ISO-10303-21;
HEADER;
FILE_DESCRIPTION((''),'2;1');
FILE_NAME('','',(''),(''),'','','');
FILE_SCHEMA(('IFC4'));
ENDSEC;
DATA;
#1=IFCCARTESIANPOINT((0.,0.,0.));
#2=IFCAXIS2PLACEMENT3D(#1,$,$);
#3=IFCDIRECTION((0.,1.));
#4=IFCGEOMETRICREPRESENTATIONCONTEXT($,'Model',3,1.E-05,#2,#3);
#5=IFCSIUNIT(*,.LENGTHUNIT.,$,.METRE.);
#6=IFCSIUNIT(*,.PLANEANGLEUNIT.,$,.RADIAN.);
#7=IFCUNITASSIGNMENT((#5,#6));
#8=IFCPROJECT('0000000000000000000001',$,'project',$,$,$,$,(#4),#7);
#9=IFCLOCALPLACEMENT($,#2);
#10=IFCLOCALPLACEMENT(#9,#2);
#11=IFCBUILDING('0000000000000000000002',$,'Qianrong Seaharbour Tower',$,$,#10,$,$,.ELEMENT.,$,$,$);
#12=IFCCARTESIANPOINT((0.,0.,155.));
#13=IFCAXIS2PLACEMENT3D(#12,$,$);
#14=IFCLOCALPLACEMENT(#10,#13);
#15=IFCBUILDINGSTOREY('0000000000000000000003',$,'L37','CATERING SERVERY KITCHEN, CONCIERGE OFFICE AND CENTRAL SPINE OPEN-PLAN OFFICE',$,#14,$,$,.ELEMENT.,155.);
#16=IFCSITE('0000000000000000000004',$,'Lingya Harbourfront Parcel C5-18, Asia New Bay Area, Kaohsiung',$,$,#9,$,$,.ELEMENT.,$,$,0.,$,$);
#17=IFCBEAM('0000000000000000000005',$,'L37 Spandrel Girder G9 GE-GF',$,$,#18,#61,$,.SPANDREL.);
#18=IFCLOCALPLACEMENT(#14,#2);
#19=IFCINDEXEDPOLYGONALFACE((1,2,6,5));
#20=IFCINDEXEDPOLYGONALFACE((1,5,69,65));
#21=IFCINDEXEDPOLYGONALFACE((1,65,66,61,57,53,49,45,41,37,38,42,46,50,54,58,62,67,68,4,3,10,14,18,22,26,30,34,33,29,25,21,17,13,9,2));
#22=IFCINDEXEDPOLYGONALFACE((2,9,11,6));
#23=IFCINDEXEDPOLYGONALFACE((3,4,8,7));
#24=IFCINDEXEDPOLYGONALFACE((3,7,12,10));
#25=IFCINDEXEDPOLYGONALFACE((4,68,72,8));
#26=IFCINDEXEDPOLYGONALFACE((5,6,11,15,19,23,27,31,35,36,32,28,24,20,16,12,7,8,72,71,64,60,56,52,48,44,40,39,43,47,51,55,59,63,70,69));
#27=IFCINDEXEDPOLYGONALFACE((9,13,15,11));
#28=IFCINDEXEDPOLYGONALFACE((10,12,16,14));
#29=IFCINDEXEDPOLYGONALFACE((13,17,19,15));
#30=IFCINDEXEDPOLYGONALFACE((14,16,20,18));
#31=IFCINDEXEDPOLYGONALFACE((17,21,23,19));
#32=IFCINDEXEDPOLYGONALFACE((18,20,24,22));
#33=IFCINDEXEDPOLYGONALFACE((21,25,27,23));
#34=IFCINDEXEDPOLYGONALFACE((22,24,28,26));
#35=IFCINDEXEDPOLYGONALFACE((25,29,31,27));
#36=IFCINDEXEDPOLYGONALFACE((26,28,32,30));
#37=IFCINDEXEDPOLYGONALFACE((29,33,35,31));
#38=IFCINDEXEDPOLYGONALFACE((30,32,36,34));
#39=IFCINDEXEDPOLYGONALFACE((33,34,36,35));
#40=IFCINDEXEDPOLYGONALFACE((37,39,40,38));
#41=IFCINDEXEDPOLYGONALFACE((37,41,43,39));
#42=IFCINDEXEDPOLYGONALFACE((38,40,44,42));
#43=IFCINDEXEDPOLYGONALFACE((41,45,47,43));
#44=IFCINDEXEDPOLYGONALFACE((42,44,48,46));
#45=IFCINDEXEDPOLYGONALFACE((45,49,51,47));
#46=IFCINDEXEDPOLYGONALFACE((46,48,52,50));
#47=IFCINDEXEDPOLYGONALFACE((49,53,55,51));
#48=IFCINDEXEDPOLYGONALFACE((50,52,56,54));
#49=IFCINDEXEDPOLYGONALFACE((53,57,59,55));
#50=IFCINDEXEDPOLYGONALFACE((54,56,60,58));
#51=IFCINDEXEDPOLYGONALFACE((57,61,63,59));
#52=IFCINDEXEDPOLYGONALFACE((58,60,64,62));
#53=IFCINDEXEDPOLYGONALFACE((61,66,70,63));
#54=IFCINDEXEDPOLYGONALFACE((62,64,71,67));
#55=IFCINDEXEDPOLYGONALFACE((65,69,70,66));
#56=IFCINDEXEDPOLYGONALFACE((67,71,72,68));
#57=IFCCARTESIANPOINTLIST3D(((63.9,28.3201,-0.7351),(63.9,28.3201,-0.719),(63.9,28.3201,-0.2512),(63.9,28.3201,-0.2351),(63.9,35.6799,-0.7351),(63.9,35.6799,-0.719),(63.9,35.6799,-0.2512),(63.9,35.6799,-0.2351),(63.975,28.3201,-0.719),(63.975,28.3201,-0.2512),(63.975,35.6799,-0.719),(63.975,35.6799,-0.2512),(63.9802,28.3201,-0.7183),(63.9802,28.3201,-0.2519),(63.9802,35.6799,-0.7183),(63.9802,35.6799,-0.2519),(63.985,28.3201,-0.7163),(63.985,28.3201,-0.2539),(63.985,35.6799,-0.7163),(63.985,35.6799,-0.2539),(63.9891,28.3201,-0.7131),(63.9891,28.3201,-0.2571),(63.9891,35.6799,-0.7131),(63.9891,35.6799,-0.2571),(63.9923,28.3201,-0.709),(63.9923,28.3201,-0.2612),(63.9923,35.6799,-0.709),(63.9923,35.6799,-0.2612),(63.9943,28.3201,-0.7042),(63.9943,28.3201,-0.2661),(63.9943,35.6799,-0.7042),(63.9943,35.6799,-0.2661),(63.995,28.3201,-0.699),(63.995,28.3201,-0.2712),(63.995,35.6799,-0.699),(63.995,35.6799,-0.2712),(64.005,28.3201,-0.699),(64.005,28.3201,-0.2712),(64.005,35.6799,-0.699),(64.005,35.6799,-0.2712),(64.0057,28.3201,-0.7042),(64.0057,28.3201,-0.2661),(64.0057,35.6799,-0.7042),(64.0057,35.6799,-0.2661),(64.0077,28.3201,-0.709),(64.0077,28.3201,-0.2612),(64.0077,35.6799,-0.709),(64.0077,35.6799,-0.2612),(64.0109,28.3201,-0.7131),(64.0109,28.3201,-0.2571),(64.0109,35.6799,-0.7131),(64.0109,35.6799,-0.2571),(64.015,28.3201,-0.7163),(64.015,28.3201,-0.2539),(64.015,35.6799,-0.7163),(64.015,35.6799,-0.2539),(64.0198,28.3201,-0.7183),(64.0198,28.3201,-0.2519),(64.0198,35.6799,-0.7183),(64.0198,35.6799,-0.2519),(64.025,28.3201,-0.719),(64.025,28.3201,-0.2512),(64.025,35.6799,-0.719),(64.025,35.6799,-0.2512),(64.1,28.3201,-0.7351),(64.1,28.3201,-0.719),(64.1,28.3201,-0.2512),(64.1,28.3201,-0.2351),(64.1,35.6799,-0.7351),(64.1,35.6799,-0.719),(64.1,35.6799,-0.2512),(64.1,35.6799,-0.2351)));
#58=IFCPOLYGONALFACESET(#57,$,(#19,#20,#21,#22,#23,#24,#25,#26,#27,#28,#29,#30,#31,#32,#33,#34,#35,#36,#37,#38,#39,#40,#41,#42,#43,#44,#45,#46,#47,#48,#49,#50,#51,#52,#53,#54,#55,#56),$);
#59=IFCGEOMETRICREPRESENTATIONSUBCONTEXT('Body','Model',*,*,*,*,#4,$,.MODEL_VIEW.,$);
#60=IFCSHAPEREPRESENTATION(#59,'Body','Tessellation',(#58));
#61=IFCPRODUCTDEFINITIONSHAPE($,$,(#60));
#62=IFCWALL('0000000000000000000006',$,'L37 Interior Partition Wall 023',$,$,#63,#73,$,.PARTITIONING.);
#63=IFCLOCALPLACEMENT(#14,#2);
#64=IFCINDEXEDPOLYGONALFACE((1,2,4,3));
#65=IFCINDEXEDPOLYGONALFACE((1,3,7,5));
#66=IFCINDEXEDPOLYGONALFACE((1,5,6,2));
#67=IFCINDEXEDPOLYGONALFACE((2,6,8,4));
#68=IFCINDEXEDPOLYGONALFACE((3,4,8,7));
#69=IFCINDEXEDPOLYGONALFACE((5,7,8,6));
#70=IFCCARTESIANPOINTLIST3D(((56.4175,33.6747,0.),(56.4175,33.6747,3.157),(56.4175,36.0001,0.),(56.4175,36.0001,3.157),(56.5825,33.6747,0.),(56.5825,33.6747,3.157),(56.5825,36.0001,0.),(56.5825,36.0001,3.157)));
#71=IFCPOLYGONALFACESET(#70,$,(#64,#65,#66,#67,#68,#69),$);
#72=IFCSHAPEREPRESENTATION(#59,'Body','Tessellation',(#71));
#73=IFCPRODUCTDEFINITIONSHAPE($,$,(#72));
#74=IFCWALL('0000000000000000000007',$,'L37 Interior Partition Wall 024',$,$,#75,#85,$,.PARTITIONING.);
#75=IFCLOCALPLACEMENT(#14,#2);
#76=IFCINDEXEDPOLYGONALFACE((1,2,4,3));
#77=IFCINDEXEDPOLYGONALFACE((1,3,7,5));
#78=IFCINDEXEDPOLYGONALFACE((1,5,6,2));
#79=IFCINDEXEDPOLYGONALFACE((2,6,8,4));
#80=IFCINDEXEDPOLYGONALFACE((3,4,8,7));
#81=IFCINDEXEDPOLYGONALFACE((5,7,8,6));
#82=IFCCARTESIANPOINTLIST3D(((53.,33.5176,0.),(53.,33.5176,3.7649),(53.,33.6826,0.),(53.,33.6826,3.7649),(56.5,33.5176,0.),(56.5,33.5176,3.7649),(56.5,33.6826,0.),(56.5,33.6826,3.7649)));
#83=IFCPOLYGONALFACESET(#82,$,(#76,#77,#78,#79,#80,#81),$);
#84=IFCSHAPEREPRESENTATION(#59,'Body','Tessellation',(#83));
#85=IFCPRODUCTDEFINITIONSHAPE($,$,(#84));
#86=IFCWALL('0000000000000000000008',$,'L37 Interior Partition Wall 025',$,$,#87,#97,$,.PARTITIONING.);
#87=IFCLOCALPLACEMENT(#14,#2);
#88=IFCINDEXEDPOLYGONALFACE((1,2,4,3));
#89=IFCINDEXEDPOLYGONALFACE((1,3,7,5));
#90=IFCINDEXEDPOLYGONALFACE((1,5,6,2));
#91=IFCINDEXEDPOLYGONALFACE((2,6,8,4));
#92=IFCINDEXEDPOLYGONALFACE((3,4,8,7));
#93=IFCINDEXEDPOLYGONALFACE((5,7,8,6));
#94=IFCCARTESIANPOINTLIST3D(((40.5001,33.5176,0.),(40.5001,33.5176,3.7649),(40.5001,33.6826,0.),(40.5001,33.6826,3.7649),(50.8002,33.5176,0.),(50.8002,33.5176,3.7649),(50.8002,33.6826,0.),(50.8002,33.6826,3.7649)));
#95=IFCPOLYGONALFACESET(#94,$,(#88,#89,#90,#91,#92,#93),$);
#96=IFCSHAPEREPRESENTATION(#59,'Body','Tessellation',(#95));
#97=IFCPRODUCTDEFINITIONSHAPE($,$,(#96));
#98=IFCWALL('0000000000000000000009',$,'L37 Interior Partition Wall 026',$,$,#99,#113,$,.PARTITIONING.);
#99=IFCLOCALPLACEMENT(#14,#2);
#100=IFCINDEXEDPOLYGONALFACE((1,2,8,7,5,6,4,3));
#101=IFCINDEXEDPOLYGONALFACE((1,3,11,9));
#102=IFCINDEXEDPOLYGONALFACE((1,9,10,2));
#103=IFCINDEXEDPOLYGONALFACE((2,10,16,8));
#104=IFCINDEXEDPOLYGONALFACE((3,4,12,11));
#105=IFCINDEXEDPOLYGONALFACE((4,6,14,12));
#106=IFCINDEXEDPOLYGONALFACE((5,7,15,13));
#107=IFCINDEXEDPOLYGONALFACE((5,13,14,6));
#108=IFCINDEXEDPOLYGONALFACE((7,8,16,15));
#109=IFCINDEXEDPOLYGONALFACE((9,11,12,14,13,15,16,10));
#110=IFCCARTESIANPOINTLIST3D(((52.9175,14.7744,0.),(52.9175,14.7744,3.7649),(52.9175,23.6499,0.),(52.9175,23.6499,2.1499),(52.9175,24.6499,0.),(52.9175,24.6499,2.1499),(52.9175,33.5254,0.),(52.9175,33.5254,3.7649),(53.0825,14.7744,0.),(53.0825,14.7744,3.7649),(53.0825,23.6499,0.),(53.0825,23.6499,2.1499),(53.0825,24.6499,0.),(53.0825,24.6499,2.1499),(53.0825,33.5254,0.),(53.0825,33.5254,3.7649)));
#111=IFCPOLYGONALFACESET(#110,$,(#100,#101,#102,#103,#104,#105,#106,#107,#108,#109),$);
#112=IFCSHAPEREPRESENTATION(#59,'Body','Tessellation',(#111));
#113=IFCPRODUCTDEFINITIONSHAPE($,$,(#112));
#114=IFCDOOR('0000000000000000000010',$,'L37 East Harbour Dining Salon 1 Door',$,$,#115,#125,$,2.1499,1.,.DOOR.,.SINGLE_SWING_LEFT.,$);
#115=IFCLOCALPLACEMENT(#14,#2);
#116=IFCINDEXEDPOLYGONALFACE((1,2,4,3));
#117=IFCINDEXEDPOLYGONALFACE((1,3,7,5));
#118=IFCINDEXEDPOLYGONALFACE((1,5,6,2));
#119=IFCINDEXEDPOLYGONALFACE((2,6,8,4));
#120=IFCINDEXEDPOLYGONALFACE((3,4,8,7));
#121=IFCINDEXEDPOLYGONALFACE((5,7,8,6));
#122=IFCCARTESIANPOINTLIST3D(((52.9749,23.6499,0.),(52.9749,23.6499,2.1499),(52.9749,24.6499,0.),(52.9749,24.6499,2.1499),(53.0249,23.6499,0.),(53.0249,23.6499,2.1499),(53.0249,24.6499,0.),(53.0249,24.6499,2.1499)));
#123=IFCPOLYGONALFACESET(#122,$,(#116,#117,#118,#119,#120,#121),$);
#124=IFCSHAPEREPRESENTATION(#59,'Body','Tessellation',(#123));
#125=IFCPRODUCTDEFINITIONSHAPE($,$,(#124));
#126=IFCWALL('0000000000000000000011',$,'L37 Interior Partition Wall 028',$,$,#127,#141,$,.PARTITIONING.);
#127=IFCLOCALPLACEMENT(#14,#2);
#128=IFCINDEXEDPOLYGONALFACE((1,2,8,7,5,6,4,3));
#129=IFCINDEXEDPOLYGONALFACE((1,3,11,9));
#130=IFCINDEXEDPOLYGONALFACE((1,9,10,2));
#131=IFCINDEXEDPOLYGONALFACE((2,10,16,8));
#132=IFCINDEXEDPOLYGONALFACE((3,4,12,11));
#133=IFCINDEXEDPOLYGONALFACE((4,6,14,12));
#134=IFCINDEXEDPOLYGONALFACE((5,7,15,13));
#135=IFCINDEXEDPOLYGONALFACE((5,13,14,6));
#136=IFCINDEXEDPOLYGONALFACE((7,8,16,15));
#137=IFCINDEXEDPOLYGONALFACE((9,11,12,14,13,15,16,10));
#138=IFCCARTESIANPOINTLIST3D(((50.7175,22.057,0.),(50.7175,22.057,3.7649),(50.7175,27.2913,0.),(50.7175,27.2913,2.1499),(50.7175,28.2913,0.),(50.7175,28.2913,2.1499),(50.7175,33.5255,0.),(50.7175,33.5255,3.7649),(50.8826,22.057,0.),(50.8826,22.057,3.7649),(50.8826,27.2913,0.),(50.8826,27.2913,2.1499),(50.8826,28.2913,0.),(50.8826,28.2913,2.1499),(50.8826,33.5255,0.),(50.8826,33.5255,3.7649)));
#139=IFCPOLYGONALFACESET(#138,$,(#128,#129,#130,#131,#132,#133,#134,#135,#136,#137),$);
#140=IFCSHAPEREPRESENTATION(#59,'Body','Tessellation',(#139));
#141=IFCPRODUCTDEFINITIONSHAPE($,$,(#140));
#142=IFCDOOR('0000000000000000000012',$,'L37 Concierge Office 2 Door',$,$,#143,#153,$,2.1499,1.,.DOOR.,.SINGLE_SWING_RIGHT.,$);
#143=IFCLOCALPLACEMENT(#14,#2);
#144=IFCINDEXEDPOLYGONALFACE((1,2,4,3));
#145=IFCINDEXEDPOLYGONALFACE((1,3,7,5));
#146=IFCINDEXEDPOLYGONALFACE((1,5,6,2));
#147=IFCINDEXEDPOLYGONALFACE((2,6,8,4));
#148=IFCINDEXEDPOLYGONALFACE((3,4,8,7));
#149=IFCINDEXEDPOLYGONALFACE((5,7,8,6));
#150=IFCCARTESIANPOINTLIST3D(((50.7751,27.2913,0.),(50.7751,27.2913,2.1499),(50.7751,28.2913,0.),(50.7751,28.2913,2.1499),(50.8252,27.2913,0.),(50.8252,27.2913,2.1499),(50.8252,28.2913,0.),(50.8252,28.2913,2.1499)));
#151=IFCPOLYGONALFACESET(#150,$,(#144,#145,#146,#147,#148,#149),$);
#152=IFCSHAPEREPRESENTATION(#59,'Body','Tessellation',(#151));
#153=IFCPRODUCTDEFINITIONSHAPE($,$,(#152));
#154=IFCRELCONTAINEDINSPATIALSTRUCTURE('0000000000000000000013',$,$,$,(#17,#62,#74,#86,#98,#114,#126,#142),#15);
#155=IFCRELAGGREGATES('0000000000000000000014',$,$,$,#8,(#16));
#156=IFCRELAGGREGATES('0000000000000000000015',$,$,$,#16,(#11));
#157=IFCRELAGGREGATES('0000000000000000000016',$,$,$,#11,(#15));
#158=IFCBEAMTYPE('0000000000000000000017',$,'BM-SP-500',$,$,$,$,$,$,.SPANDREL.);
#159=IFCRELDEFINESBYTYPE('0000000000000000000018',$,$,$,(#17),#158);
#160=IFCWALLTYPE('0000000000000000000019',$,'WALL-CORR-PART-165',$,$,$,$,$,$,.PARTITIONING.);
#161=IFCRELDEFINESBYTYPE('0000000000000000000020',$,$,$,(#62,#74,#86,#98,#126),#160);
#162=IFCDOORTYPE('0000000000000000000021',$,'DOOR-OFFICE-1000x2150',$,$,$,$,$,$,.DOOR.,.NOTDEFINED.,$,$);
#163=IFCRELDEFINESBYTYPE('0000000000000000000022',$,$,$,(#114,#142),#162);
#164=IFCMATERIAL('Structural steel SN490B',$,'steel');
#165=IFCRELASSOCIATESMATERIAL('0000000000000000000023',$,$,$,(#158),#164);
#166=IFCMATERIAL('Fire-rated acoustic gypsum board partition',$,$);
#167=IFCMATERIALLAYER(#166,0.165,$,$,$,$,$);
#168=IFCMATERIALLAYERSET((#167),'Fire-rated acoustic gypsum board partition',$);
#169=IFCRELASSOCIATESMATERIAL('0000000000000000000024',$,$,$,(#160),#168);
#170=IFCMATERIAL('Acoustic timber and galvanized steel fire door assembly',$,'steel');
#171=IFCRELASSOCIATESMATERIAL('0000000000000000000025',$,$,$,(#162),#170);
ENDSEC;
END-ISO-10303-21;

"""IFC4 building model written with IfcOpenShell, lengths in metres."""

from ifc_helpers import new_model, si_unit, direction, frame, frame_2d, origin, origin_2d, place, context, subcontext, project, spatial, rectangle, i_section, extrude, material, layer, layer_set, material_profile, profile_set, type_object, element, fill, save


model = new_model("IFC4")

# Units and contexts
model_context = context("Model", 3, precision=1e-05, world=origin(), true_north=direction((0.0, 1.0)))
body_context = subcontext(model_context, "Body", "Model", "MODEL_VIEW")
ifc_project = project(units=[si_unit("LENGTHUNIT", "METRE"), si_unit("PLANEANGLEUNIT", "RADIAN")], contexts=[model_context])

# Site, building, storey
site_placement = place(None, origin())
site = spatial("IfcSite", under=ifc_project, at=site_placement, Name="Lingya Harbourfront Parcel C5-18, Asia New Bay Area, Kaohsiung", CompositionType="ELEMENT", RefElevation=0.0)
building_placement = place(site_placement, origin())
building = spatial("IfcBuilding", under=site, at=building_placement, Name="Qianrong Seaharbour Tower", CompositionType="ELEMENT")
storey_placement = place(building_placement, frame((0.0, 0.0, 155.0)))
storey = spatial("IfcBuildingStorey", under=building, at=storey_placement, Name="L37", Description="CATERING SERVERY KITCHEN, CONCIERGE OFFICE AND CENTRAL SPINE OPEN-PLAN OFFICE", CompositionType="ELEMENT", Elevation=155.0)

# Shared definitions
ifc_material_1 = material(Name="Structural steel SN490B", Category="steel")

# Beam
ifc_material_profile_1 = material_profile(ifc_material_1, i_section(OverallWidth=0.2, OverallDepth=0.5, WebThickness=0.01, FlangeThickness=0.0161, FilletRadius=0.02, at=origin_2d()), Name="H500x200x10x16")
ifc_profile_set_1 = profile_set([ifc_material_profile_1], Name="Structural steel SN490B")
beam_type_1 = type_object("IfcBeamType", Name="BM-SP-500", PredefinedType="SPANDREL", material=ifc_profile_set_1)
beam_1_placement = place(storey_placement, frame((64.0, 28.3201, -0.4851), z_axis=(0.0, 1.0, 0.0), x_axis=(-1.0, 0.0, 0.0)))
element("IfcBeam", 1, at=beam_1_placement, inside=storey, type_object=beam_type_1, Name="L37 Spandrel Girder G9 GE-GF", PredefinedType="SPANDREL", context=body_context, shape_type="SweptSolid", body=[
    extrude(i_section(OverallWidth=0.2, OverallDepth=0.5, WebThickness=0.01, FlangeThickness=0.0161, FilletRadius=0.02, at=origin_2d()), origin(), (0.0, 0.0, 1.0), 7.3599),
])

# Walls
ifc_material_2 = material(Name="Fire-rated acoustic gypsum board partition")
ifc_layer = layer(ifc_material_2, 0.165)
ifc_layer_set = layer_set([ifc_layer], Name="Fire-rated acoustic gypsum board partition")
wall_type = type_object("IfcWallType", Name="WALL-CORR-PART-165", PredefinedType="PARTITIONING", material=ifc_layer_set)
wall_1_placement = place(storey_placement, frame((56.5, 36.0, 0.0), z_axis=(0.0, 0.0, 1.0), x_axis=(0.0, -1.0, 0.0)))
element("IfcWall", 2, at=wall_1_placement, inside=storey, type_object=wall_type, Name="L37 Interior Partition Wall 023", PredefinedType="PARTITIONING", context=body_context, shape_type="SweptSolid", body=[
    extrude(rectangle(XDim=2.3254, YDim=0.165, at=frame_2d((1.1626, 0.0))), origin(), (0.0, 0.0, 1.0), 3.157),
])
wall_2_placement = place(storey_placement, frame((56.5, 33.6001, 0.0), z_axis=(0.0, 0.0, 1.0), x_axis=(-1.0, 0.0, 0.0)))
element("IfcWall", 3, at=wall_2_placement, inside=storey, type_object=wall_type, Name="L37 Interior Partition Wall 024", PredefinedType="PARTITIONING", context=body_context, shape_type="SweptSolid", body=[
    extrude(rectangle(XDim=3.5, YDim=0.165, at=frame_2d((1.75, 0.0))), origin(), (0.0, 0.0, 1.0), 3.7649),
])
wall_3_placement = place(storey_placement, frame((50.8, 33.6001, 0.0), z_axis=(0.0, 0.0, 1.0), x_axis=(-1.0, 0.0, 0.0)))
element("IfcWall", 4, at=wall_3_placement, inside=storey, type_object=wall_type, Name="L37 Interior Partition Wall 025", PredefinedType="PARTITIONING", context=body_context, shape_type="SweptSolid", body=[
    extrude(rectangle(XDim=10.3, YDim=0.165, at=frame_2d((5.1499, 0.0))), origin(), (0.0, 0.0, 1.0), 3.7649),
])

# Walls, openings, doors
wall_4_placement = place(storey_placement, frame((53.0, 33.5254, 0.0), z_axis=(0.0, 0.0, 1.0), x_axis=(0.0, -1.0, 0.0)))
wall_4 = element("IfcWall", 5, at=wall_4_placement, inside=storey, type_object=wall_type, Name="L37 Interior Partition Wall 026", PredefinedType="PARTITIONING", context=body_context, shape_type="SweptSolid", body=[
    extrude(rectangle(XDim=18.751, YDim=0.165, at=frame_2d((9.3755, 0.0))), origin(), (0.0, 0.0, 1.0), 3.7649),
])
opening_1_placement = place(wall_4_placement, frame((8.8755, 0.0, 0.0)))
opening_1 = element("IfcOpeningElement", 6, at=opening_1_placement, cuts=wall_4, PredefinedType="OPENING", context=body_context, shape_type="SweptSolid", body=[
    extrude(rectangle(XDim=1.0, YDim=2.1499, at=frame_2d((0.5, 1.075))), frame((0.0, 0.0925, 0.0), z_axis=(0.0, -1.0, 0.0), x_axis=(1.0, 0.0, 0.0)), (0.0, 0.0, 1.0), 0.1851),
])
ifc_material_3 = material(Name="Acoustic timber and galvanized steel fire door assembly", Category="steel")
door_type = type_object("IfcDoorType", Name="DOOR-OFFICE-1000x2150", OperationType="NOTDEFINED", PredefinedType="DOOR", material=ifc_material_3)
door_1_placement = place(opening_1_placement, origin())
door_1 = element("IfcDoor", 7, at=door_1_placement, inside=storey, type_object=door_type, Name="L37 East Harbour Dining Salon 1 Door", OperationType="SINGLE_SWING_LEFT", OverallHeight=2.1499, OverallWidth=1.0, PredefinedType="DOOR", context=body_context, shape_type="SweptSolid", body=[
    extrude(rectangle(XDim=1.0, YDim=2.1499, at=frame_2d((0.5, 1.075))), frame((0.0, 0.0249, 0.0), z_axis=(0.0, -1.0, 0.0), x_axis=(1.0, 0.0, 0.0)), (0.0, 0.0, 1.0), 0.05),
])
fill(opening_1, door_1)
wall_5_placement = place(storey_placement, frame((50.8, 22.0569, 0.0), z_axis=(0.0, 0.0, 1.0), x_axis=(0.0, 1.0, 0.0)))
wall_5 = element("IfcWall", 8, at=wall_5_placement, inside=storey, type_object=wall_type, Name="L37 Interior Partition Wall 028", PredefinedType="PARTITIONING", context=body_context, shape_type="SweptSolid", body=[
    extrude(rectangle(XDim=11.4685, YDim=0.165, at=frame_2d((5.7344, 0.0))), origin(), (0.0, 0.0, 1.0), 3.7649),
])
opening_2_placement = place(wall_5_placement, frame((5.2344, 0.0, 0.0)))
opening_2 = element("IfcOpeningElement", 9, at=opening_2_placement, cuts=wall_5, PredefinedType="OPENING", context=body_context, shape_type="SweptSolid", body=[
    extrude(rectangle(XDim=1.0, YDim=2.1499, at=frame_2d((0.5, 1.075))), frame((0.0, 0.0925, 0.0), z_axis=(0.0, -1.0, 0.0), x_axis=(1.0, 0.0, 0.0)), (0.0, 0.0, 1.0), 0.1851),
])
door_2_placement = place(opening_2_placement, origin())
door_2 = element("IfcDoor", 10, at=door_2_placement, inside=storey, type_object=door_type, Name="L37 Concierge Office 2 Door", OperationType="SINGLE_SWING_RIGHT", OverallHeight=2.1499, OverallWidth=1.0, PredefinedType="DOOR", context=body_context, shape_type="SweptSolid", body=[
    extrude(rectangle(XDim=1.0, YDim=2.1499, at=frame_2d((0.5, 1.075))), frame((0.0, 0.0249, 0.0), z_axis=(0.0, -1.0, 0.0), x_axis=(1.0, 0.0, 0.0)), (0.0, 0.0, 1.0), 0.05),
])
fill(opening_2, door_2)

save(model, "model.ifc")
